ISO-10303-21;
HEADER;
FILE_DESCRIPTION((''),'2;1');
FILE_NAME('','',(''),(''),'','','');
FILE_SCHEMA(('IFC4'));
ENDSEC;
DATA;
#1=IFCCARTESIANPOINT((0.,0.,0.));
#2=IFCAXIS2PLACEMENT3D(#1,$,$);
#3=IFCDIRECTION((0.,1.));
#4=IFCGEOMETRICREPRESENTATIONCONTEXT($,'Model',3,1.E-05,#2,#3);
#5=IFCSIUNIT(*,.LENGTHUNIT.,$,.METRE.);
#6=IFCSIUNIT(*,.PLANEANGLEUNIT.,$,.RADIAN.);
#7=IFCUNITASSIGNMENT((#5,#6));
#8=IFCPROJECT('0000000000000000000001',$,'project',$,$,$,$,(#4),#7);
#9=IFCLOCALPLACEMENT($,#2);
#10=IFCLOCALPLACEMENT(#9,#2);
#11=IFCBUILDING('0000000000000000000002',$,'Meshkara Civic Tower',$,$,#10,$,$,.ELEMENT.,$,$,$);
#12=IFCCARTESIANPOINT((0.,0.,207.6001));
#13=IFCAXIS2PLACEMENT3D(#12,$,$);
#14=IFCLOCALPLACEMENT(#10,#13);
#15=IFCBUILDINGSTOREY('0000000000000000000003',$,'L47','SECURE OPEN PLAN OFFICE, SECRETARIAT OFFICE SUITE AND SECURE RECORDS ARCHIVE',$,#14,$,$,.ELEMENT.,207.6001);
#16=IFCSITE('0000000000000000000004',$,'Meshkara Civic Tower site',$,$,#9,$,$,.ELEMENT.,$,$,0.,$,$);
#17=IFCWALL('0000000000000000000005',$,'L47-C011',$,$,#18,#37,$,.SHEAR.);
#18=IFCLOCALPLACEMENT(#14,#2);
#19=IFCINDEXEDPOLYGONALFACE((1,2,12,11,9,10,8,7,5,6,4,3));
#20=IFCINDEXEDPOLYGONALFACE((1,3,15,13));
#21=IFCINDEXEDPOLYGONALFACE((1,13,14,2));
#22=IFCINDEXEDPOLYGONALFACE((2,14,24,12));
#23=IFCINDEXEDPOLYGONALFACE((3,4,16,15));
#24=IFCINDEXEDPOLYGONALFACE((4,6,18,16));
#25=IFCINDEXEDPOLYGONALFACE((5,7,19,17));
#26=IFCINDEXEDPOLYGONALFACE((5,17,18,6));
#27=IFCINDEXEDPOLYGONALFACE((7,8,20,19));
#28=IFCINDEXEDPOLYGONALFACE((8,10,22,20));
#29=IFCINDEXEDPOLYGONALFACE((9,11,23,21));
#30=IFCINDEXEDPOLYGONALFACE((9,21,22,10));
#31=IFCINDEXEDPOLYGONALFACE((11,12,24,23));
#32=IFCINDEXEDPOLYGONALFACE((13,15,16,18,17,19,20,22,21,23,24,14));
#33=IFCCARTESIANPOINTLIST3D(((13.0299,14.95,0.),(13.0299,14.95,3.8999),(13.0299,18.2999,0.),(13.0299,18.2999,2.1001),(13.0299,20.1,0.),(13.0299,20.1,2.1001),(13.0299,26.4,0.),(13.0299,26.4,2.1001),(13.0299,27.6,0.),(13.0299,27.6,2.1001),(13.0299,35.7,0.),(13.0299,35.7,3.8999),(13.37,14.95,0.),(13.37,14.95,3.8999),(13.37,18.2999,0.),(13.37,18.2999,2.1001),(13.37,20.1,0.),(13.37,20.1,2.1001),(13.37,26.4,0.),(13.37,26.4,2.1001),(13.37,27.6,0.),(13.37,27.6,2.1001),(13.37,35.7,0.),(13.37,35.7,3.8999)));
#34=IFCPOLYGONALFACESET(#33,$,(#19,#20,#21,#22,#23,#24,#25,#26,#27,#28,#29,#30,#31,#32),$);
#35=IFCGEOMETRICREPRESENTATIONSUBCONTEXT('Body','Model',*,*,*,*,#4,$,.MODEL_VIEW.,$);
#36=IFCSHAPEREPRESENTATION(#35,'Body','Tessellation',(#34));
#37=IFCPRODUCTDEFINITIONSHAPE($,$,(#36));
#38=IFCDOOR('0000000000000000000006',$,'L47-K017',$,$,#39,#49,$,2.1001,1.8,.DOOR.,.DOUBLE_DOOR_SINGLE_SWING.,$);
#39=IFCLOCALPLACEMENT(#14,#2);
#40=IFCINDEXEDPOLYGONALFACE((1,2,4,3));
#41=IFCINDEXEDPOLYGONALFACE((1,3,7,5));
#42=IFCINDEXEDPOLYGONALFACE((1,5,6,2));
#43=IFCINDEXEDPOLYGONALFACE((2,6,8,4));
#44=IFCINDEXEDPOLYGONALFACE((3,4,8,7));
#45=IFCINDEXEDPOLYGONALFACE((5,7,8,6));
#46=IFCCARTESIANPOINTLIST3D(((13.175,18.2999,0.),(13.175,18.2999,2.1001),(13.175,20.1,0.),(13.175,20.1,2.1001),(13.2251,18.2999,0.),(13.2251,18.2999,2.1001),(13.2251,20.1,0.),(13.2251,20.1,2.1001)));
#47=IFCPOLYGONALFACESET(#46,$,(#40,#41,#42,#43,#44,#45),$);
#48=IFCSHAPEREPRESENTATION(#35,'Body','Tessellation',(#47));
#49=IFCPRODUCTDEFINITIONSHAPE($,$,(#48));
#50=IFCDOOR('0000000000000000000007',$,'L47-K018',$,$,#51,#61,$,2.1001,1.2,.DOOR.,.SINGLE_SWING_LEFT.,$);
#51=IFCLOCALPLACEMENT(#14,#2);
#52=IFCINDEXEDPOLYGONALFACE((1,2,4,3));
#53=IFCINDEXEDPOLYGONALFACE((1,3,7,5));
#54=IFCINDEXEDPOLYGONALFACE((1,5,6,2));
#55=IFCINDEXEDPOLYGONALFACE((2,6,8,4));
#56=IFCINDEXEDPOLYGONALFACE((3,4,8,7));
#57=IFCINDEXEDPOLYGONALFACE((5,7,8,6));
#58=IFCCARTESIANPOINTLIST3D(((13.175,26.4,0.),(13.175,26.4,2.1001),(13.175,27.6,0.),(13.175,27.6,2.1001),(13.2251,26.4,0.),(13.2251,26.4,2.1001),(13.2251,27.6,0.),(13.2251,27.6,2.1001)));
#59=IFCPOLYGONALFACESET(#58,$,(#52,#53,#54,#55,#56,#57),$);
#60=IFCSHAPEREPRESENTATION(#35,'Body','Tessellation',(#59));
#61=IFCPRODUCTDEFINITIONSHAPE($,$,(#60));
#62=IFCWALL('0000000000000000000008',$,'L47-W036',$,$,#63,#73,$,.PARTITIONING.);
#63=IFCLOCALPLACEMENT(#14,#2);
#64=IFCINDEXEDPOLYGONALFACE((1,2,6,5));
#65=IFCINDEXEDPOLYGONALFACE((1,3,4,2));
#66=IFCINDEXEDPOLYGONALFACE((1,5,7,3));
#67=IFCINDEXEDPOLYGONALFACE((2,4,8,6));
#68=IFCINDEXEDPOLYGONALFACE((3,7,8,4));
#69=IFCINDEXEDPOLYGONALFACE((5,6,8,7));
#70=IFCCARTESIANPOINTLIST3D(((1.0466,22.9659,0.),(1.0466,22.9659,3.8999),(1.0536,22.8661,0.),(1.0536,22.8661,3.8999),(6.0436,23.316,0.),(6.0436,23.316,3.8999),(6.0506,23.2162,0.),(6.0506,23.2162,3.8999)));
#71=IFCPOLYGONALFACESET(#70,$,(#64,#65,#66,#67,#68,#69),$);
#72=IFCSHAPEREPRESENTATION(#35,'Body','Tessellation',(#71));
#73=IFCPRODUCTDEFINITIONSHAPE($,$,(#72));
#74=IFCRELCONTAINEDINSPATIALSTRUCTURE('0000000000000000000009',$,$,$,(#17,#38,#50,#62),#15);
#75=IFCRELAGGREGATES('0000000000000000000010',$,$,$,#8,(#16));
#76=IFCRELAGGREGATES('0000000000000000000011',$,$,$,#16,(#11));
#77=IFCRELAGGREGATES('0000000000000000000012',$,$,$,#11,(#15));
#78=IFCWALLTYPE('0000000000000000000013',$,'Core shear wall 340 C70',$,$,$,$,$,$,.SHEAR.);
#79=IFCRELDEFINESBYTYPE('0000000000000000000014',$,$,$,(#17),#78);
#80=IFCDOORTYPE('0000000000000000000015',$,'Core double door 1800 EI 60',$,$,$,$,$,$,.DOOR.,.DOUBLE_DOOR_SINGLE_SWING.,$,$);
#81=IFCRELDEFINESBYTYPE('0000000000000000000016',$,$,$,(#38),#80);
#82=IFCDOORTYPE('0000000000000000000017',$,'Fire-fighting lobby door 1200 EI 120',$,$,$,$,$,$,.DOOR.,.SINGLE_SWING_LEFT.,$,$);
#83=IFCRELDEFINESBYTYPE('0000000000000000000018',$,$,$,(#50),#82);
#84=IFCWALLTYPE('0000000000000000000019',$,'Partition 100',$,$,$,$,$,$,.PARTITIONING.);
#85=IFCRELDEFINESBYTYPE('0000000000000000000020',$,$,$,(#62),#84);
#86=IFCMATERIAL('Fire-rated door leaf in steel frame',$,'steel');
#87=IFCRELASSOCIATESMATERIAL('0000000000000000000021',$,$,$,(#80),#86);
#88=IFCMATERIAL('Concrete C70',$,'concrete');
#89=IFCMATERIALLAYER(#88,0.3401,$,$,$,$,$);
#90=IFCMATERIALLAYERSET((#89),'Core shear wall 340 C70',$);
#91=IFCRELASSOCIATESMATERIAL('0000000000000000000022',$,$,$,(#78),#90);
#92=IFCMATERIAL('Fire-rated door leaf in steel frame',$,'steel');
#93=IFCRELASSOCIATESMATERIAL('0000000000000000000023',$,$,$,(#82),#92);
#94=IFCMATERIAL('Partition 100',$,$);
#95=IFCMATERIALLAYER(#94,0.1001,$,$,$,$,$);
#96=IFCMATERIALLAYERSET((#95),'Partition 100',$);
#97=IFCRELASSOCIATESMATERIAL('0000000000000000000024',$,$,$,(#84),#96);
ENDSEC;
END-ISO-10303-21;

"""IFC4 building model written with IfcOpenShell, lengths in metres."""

from ifc_helpers import new_model, si_unit, direction, frame, frame_2d, origin, place, context, subcontext, project, spatial, rectangle, extrude, material, layer, layer_set, type_object, element, fill, save


model = new_model("IFC4")

# Units and contexts
model_context = context("Model", 3, precision=1e-05, world=origin(), true_north=direction((0.0, 1.0)))
body_context = subcontext(model_context, "Body", "Model", "MODEL_VIEW")
ifc_project = project(units=[si_unit("LENGTHUNIT", "METRE"), si_unit("PLANEANGLEUNIT", "RADIAN")], contexts=[model_context])

# Site, building, storey
site_placement = place(None, origin())
site = spatial("IfcSite", under=ifc_project, at=site_placement, Name="Meshkara Civic Tower site", CompositionType="ELEMENT", RefElevation=0.0)
building_placement = place(site_placement, origin())
building = spatial("IfcBuilding", under=site, at=building_placement, Name="Meshkara Civic Tower", CompositionType="ELEMENT")
storey_placement = place(building_placement, frame((0.0, 0.0, 207.6001)))
storey = spatial("IfcBuildingStorey", under=building, at=storey_placement, Name="L47", Description="SECURE OPEN PLAN OFFICE, SECRETARIAT OFFICE SUITE AND SECURE RECORDS ARCHIVE", CompositionType="ELEMENT", Elevation=207.6001)

# Shared definitions
ifc_material_1 = material(Name="Fire-rated door leaf in steel frame", Category="steel")
door_type_1 = type_object("IfcDoorType", Name="Core double door 1800 EI 60", OperationType="DOUBLE_DOOR_SINGLE_SWING", PredefinedType="DOOR", material=ifc_material_1)

# Shared definitions
ifc_material_2 = material(Name="Concrete C70", Category="concrete")
ifc_layer_1 = layer(ifc_material_2, 0.3401)
ifc_layer_set_1 = layer_set([ifc_layer_1], Name="Core shear wall 340 C70")
wall_type_1 = type_object("IfcWallType", Name="Core shear wall 340 C70", PredefinedType="SHEAR", material=ifc_layer_set_1)

# Wall, openings, doors
wall_1_placement = place(storey_placement, frame((13.2, 14.95, 0.0), z_axis=(0.0, 0.0, 1.0), x_axis=(0.0, 1.0, 0.0)))
wall_1 = element("IfcWall", 1, at=wall_1_placement, inside=storey, type_object=wall_type_1, Name="L47-C011", PredefinedType="SHEAR", context=body_context, shape_type="SweptSolid", body=[
    extrude(rectangle(XDim=20.75, YDim=0.3401, at=frame_2d((10.375, 0.0))), origin(), (0.0, 0.0, 1.0), 3.8999),
])
opening_1_placement = place(wall_1_placement, frame((3.3501, 0.0, 0.0)))
opening_1 = element("IfcOpeningElement", 2, at=opening_1_placement, cuts=wall_1, PredefinedType="OPENING", context=body_context, shape_type="SweptSolid", body=[
    extrude(rectangle(XDim=1.8, YDim=2.1001, at=frame_2d((0.8999, 1.05))), frame((0.0, 0.1799, 0.0), z_axis=(0.0, -1.0, 0.0), x_axis=(1.0, 0.0, 0.0)), (0.0, 0.0, 1.0), 0.3601),
])
opening_2_placement = place(wall_1_placement, frame((11.45, 0.0, 0.0)))
opening_2 = element("IfcOpeningElement", 3, at=opening_2_placement, cuts=wall_1, PredefinedType="OPENING", context=body_context, shape_type="SweptSolid", body=[
    extrude(rectangle(XDim=1.2, YDim=2.1001, at=frame_2d((0.6001, 1.05))), frame((0.0, 0.1799, 0.0), z_axis=(0.0, -1.0, 0.0), x_axis=(1.0, 0.0, 0.0)), (0.0, 0.0, 1.0), 0.3601),
])
door_1_placement = place(opening_1_placement, origin())
door_1 = element("IfcDoor", 4, at=door_1_placement, inside=storey, type_object=door_type_1, Name="L47-K017", OperationType="DOUBLE_DOOR_SINGLE_SWING", OverallHeight=2.1001, OverallWidth=1.8, PredefinedType="DOOR", context=body_context, shape_type="SweptSolid", body=[
    extrude(rectangle(XDim=1.8, YDim=2.1001, at=frame_2d((0.8999, 1.05))), frame((0.0, 0.0249, 0.0), z_axis=(0.0, -1.0, 0.0), x_axis=(1.0, 0.0, 0.0)), (0.0, 0.0, 1.0), 0.05),
])
fill(opening_1, door_1)
ifc_material_3 = material(Name="Fire-rated door leaf in steel frame", Category="steel")
door_type_2 = type_object("IfcDoorType", Name="Fire-fighting lobby door 1200 EI 120", OperationType="SINGLE_SWING_LEFT", PredefinedType="DOOR", material=ifc_material_3)
door_2_placement = place(opening_2_placement, origin())
door_2 = element("IfcDoor", 5, at=door_2_placement, inside=storey, type_object=door_type_2, Name="L47-K018", OperationType="SINGLE_SWING_LEFT", OverallHeight=2.1001, OverallWidth=1.2, PredefinedType="DOOR", context=body_context, shape_type="SweptSolid", body=[
    extrude(rectangle(XDim=1.2, YDim=2.1001, at=frame_2d((0.6001, 1.05))), frame((0.0, 0.0249, 0.0), z_axis=(0.0, -1.0, 0.0), x_axis=(1.0, 0.0, 0.0)), (0.0, 0.0, 1.0), 0.05),
])
fill(opening_2, door_2)

# Wall
ifc_material_4 = material(Name="Partition 100")
ifc_layer_2 = layer(ifc_material_4, 0.1001)
ifc_layer_set_2 = layer_set([ifc_layer_2], Name="Partition 100")
wall_type_2 = type_object("IfcWallType", Name="Partition 100", PredefinedType="PARTITIONING", material=ifc_layer_set_2)
wall_2_placement = place(storey_placement, frame((6.0471, 23.2661, 0.0), z_axis=(0.0, 0.0, 1.0), x_axis=(-0.997555, -0.069889, 0.0)))
element("IfcWall", 6, at=wall_2_placement, inside=storey, type_object=wall_type_2, Name="L47-W036", PredefinedType="PARTITIONING", context=body_context, shape_type="SweptSolid", body=[
    extrude(rectangle(XDim=5.0093, YDim=0.1001, at=frame_2d((2.5046, 0.0))), origin(), (0.0, 0.0, 1.0), 3.8999),
])

save(model, "model.ifc")
